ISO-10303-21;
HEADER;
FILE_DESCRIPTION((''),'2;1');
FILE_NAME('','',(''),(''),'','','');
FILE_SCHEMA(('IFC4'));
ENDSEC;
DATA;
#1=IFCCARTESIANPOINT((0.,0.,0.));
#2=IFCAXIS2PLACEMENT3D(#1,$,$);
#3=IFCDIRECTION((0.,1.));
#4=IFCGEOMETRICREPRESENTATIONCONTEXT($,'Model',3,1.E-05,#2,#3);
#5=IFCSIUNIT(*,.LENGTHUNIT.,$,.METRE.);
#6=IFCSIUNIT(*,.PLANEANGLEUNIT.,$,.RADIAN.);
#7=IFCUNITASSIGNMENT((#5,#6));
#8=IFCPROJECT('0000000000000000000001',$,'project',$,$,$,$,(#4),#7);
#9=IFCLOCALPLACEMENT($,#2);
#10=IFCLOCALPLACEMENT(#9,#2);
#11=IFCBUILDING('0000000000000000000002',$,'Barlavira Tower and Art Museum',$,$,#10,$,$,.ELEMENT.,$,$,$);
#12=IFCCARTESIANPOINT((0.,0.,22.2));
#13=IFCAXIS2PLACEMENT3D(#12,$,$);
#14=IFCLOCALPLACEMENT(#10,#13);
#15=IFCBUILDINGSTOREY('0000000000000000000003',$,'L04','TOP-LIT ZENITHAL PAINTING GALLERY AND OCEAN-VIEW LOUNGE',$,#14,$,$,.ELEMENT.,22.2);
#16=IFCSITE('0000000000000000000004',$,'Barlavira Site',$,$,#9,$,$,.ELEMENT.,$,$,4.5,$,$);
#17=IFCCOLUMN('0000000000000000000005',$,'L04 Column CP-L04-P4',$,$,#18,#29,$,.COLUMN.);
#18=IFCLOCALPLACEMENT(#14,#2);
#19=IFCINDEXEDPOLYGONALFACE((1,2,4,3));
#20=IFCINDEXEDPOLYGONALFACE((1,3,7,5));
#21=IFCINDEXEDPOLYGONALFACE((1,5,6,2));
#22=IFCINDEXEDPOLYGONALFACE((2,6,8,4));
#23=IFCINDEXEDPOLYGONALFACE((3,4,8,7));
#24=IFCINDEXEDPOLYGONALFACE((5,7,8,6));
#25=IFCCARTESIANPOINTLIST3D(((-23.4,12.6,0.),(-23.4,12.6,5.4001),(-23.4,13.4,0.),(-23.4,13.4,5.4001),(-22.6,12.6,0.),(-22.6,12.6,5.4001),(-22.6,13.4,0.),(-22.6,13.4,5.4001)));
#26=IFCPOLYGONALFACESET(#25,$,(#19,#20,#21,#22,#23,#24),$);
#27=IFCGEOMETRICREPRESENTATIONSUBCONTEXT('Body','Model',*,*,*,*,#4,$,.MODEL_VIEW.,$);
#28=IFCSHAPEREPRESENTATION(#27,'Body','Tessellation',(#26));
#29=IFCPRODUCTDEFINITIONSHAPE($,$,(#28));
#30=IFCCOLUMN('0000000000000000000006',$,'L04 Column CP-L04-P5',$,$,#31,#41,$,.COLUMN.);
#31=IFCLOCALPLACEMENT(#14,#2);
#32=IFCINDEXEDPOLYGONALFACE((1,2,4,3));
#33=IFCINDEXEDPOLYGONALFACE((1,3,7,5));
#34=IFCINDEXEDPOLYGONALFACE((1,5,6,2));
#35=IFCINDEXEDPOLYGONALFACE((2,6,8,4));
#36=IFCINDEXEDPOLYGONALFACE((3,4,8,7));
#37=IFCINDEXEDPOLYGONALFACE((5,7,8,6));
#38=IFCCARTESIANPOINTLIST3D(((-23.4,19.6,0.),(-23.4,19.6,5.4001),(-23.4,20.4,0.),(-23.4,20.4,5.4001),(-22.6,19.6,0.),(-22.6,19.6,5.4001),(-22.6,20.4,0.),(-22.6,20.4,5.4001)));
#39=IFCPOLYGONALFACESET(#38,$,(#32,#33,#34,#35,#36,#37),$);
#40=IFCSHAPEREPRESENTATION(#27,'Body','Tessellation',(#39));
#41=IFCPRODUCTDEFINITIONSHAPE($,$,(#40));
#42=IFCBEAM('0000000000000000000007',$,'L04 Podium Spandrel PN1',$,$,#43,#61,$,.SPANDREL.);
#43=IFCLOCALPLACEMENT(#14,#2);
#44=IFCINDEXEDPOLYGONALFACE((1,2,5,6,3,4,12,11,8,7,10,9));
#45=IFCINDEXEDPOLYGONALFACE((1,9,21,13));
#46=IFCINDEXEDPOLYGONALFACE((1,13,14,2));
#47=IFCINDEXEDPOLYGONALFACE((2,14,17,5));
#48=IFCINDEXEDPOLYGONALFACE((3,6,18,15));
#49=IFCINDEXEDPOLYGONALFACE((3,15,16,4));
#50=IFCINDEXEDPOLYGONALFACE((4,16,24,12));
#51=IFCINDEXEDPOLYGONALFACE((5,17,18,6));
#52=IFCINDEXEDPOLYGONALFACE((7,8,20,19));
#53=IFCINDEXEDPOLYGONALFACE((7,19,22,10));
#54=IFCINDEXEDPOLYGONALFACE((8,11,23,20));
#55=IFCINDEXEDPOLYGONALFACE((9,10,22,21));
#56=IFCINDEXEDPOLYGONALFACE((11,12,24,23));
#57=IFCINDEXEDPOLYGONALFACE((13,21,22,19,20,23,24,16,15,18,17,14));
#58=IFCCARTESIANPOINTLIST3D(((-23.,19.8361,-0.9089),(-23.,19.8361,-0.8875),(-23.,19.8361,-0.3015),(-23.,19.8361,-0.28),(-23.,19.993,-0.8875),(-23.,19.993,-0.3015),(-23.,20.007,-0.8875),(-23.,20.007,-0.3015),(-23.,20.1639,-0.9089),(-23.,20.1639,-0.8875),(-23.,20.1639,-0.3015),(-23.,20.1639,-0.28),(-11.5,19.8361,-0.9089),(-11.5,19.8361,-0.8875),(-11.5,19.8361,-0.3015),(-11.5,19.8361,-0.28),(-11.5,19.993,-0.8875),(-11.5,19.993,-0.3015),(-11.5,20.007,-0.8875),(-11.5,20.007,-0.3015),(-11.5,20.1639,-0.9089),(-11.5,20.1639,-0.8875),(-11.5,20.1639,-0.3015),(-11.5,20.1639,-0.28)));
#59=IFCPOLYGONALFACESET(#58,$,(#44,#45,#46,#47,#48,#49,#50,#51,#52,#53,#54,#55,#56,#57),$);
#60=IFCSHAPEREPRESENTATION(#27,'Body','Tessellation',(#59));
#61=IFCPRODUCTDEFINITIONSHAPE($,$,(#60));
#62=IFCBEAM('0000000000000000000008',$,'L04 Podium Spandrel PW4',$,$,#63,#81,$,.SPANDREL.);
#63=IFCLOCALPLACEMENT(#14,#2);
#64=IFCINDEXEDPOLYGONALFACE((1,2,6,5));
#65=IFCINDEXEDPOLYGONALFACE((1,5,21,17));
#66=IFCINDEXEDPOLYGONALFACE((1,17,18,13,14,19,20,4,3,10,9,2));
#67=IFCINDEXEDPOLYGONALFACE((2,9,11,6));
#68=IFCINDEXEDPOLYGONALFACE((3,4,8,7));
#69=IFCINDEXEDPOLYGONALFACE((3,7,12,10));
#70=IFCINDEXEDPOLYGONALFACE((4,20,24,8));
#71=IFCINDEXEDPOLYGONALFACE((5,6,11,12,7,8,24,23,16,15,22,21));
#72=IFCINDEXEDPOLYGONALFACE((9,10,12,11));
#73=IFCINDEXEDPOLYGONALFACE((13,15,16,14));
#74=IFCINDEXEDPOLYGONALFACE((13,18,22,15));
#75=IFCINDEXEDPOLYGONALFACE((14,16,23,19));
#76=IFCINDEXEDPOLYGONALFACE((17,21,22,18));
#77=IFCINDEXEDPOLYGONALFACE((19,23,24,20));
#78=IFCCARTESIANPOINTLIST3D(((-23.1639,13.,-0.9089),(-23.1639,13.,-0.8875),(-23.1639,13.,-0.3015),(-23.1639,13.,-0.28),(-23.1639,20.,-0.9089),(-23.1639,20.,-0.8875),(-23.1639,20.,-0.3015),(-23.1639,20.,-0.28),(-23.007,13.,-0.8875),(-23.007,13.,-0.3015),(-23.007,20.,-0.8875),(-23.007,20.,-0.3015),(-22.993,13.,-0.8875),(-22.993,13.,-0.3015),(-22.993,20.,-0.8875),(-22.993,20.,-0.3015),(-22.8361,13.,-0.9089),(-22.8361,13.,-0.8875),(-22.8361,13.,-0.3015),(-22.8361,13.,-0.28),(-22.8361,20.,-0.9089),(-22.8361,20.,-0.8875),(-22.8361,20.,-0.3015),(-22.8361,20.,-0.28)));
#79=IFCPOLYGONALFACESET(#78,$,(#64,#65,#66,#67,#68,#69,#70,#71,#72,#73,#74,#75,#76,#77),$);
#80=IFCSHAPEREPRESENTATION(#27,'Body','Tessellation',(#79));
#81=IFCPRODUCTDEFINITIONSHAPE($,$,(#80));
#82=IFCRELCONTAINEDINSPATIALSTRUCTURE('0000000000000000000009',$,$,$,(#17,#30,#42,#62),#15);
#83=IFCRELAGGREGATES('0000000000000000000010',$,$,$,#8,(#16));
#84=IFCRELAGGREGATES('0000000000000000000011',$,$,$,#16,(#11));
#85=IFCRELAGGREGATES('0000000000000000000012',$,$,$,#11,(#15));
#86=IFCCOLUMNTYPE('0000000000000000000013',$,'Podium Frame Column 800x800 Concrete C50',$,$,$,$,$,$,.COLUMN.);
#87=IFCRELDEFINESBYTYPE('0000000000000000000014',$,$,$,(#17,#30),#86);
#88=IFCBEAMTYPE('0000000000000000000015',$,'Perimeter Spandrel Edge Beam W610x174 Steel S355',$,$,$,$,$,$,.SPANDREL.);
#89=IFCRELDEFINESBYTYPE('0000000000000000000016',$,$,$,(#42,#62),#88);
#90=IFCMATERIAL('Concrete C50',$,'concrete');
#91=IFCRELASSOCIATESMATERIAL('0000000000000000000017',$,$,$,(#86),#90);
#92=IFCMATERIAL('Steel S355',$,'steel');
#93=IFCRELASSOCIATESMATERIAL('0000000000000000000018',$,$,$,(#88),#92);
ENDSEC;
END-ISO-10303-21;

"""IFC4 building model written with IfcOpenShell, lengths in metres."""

from ifc_helpers import new_model, si_unit, direction, frame, origin, origin_2d, place, context, subcontext, project, spatial, rectangle, i_section, extrude, material, material_profile, profile_set, type_object, element, save


model = new_model("IFC4")

# Units and contexts
model_context = context("Model", 3, precision=1e-05, world=origin(), true_north=direction((0.0, 1.0)))
body_context = subcontext(model_context, "Body", "Model", "MODEL_VIEW")
ifc_project = project(units=[si_unit("LENGTHUNIT", "METRE"), si_unit("PLANEANGLEUNIT", "RADIAN")], contexts=[model_context])

# Site, building, storey
site_placement = place(None, origin())
site = spatial("IfcSite", under=ifc_project, at=site_placement, Name="Barlavira Site", CompositionType="ELEMENT", RefElevation=4.5)
building_placement = place(site_placement, origin())
building = spatial("IfcBuilding", under=site, at=building_placement, Name="Barlavira Tower and Art Museum", CompositionType="ELEMENT")
storey_placement = place(building_placement, frame((0.0, 0.0, 22.2)))
storey = spatial("IfcBuildingStorey", under=building, at=storey_placement, Name="L04", Description="TOP-LIT ZENITHAL PAINTING GALLERY AND OCEAN-VIEW LOUNGE", CompositionType="ELEMENT", Elevation=22.2)

# Columns
ifc_material_1 = material(Name="Concrete C50", Category="concrete")
ifc_material_profile_1 = material_profile(ifc_material_1, rectangle(XDim=0.8, YDim=0.8, at=origin_2d()), Name="RC-COL 800x800")
ifc_profile_set_1 = profile_set([ifc_material_profile_1], Name="Concrete C50")
column_type = type_object("IfcColumnType", Name="Podium Frame Column 800x800 Concrete C50", PredefinedType="COLUMN", material=ifc_profile_set_1)
for number, where, z_axis, x_axis, name in (
    (1, (-23.0, 13.0, 0.0), (0.0, 0.0, 1.0), (1.0, 0.0, 0.0), "L04 Column CP-L04-P4"),
    (2, (-23.0, 20.0, 0.0), (0.0, 0.0, 1.0), (1.0, 0.0, 0.0), "L04 Column CP-L04-P5"),
):
    element("IfcColumn", number, at=place(storey_placement, frame(where, z_axis=z_axis, x_axis=x_axis)), inside=storey, type_object=column_type, Name=name, PredefinedType="COLUMN", context=body_context, shape_type="SweptSolid", body=[
        extrude(rectangle(XDim=0.8, YDim=0.8, at=origin_2d()), origin(), (0.0, 0.0, 1.0), 5.4001),
    ])

# Beams
ifc_material_2 = material(Name="Steel S355", Category="steel")
ifc_material_profile_2 = material_profile(ifc_material_2, i_section(OverallWidth=0.3279, OverallDepth=0.6289, WebThickness=0.0139, FlangeThickness=0.0215, at=origin_2d()), Name="W610x174.0")
ifc_profile_set_2 = profile_set([ifc_material_profile_2], Name="Steel S355")
beam_type = type_object("IfcBeamType", Name="Perimeter Spandrel Edge Beam W610x174 Steel S355", PredefinedType="SPANDREL", material=ifc_profile_set_2)
beam_1_placement = place(storey_placement, frame((-23.0, 20.0, -0.5945), z_axis=(1.0, 0.0, 0.0), x_axis=(0.0, 1.0, 0.0)))
element("IfcBeam", 3, at=beam_1_placement, inside=storey, type_object=beam_type, Name="L04 Podium Spandrel PN1", PredefinedType="SPANDREL", context=body_context, shape_type="SweptSolid", body=[
    extrude(i_section(OverallWidth=0.3279, OverallDepth=0.6289, WebThickness=0.0139, FlangeThickness=0.0215, at=origin_2d()), origin(), (0.0, 0.0, 1.0), 11.5),
])
beam_2_placement = place(storey_placement, frame((-23.0, 13.0, -0.5945), z_axis=(0.0, 1.0, 0.0), x_axis=(-1.0, 0.0, 0.0)))
element("IfcBeam", 4, at=beam_2_placement, inside=storey, type_object=beam_type, Name="L04 Podium Spandrel PW4", PredefinedType="SPANDREL", context=body_context, shape_type="SweptSolid", body=[
    extrude(i_section(OverallWidth=0.3279, OverallDepth=0.6289, WebThickness=0.0139, FlangeThickness=0.0215, at=origin_2d()), origin(), (0.0, 0.0, 1.0), 7.0),
])

save(model, "model.ifc")
